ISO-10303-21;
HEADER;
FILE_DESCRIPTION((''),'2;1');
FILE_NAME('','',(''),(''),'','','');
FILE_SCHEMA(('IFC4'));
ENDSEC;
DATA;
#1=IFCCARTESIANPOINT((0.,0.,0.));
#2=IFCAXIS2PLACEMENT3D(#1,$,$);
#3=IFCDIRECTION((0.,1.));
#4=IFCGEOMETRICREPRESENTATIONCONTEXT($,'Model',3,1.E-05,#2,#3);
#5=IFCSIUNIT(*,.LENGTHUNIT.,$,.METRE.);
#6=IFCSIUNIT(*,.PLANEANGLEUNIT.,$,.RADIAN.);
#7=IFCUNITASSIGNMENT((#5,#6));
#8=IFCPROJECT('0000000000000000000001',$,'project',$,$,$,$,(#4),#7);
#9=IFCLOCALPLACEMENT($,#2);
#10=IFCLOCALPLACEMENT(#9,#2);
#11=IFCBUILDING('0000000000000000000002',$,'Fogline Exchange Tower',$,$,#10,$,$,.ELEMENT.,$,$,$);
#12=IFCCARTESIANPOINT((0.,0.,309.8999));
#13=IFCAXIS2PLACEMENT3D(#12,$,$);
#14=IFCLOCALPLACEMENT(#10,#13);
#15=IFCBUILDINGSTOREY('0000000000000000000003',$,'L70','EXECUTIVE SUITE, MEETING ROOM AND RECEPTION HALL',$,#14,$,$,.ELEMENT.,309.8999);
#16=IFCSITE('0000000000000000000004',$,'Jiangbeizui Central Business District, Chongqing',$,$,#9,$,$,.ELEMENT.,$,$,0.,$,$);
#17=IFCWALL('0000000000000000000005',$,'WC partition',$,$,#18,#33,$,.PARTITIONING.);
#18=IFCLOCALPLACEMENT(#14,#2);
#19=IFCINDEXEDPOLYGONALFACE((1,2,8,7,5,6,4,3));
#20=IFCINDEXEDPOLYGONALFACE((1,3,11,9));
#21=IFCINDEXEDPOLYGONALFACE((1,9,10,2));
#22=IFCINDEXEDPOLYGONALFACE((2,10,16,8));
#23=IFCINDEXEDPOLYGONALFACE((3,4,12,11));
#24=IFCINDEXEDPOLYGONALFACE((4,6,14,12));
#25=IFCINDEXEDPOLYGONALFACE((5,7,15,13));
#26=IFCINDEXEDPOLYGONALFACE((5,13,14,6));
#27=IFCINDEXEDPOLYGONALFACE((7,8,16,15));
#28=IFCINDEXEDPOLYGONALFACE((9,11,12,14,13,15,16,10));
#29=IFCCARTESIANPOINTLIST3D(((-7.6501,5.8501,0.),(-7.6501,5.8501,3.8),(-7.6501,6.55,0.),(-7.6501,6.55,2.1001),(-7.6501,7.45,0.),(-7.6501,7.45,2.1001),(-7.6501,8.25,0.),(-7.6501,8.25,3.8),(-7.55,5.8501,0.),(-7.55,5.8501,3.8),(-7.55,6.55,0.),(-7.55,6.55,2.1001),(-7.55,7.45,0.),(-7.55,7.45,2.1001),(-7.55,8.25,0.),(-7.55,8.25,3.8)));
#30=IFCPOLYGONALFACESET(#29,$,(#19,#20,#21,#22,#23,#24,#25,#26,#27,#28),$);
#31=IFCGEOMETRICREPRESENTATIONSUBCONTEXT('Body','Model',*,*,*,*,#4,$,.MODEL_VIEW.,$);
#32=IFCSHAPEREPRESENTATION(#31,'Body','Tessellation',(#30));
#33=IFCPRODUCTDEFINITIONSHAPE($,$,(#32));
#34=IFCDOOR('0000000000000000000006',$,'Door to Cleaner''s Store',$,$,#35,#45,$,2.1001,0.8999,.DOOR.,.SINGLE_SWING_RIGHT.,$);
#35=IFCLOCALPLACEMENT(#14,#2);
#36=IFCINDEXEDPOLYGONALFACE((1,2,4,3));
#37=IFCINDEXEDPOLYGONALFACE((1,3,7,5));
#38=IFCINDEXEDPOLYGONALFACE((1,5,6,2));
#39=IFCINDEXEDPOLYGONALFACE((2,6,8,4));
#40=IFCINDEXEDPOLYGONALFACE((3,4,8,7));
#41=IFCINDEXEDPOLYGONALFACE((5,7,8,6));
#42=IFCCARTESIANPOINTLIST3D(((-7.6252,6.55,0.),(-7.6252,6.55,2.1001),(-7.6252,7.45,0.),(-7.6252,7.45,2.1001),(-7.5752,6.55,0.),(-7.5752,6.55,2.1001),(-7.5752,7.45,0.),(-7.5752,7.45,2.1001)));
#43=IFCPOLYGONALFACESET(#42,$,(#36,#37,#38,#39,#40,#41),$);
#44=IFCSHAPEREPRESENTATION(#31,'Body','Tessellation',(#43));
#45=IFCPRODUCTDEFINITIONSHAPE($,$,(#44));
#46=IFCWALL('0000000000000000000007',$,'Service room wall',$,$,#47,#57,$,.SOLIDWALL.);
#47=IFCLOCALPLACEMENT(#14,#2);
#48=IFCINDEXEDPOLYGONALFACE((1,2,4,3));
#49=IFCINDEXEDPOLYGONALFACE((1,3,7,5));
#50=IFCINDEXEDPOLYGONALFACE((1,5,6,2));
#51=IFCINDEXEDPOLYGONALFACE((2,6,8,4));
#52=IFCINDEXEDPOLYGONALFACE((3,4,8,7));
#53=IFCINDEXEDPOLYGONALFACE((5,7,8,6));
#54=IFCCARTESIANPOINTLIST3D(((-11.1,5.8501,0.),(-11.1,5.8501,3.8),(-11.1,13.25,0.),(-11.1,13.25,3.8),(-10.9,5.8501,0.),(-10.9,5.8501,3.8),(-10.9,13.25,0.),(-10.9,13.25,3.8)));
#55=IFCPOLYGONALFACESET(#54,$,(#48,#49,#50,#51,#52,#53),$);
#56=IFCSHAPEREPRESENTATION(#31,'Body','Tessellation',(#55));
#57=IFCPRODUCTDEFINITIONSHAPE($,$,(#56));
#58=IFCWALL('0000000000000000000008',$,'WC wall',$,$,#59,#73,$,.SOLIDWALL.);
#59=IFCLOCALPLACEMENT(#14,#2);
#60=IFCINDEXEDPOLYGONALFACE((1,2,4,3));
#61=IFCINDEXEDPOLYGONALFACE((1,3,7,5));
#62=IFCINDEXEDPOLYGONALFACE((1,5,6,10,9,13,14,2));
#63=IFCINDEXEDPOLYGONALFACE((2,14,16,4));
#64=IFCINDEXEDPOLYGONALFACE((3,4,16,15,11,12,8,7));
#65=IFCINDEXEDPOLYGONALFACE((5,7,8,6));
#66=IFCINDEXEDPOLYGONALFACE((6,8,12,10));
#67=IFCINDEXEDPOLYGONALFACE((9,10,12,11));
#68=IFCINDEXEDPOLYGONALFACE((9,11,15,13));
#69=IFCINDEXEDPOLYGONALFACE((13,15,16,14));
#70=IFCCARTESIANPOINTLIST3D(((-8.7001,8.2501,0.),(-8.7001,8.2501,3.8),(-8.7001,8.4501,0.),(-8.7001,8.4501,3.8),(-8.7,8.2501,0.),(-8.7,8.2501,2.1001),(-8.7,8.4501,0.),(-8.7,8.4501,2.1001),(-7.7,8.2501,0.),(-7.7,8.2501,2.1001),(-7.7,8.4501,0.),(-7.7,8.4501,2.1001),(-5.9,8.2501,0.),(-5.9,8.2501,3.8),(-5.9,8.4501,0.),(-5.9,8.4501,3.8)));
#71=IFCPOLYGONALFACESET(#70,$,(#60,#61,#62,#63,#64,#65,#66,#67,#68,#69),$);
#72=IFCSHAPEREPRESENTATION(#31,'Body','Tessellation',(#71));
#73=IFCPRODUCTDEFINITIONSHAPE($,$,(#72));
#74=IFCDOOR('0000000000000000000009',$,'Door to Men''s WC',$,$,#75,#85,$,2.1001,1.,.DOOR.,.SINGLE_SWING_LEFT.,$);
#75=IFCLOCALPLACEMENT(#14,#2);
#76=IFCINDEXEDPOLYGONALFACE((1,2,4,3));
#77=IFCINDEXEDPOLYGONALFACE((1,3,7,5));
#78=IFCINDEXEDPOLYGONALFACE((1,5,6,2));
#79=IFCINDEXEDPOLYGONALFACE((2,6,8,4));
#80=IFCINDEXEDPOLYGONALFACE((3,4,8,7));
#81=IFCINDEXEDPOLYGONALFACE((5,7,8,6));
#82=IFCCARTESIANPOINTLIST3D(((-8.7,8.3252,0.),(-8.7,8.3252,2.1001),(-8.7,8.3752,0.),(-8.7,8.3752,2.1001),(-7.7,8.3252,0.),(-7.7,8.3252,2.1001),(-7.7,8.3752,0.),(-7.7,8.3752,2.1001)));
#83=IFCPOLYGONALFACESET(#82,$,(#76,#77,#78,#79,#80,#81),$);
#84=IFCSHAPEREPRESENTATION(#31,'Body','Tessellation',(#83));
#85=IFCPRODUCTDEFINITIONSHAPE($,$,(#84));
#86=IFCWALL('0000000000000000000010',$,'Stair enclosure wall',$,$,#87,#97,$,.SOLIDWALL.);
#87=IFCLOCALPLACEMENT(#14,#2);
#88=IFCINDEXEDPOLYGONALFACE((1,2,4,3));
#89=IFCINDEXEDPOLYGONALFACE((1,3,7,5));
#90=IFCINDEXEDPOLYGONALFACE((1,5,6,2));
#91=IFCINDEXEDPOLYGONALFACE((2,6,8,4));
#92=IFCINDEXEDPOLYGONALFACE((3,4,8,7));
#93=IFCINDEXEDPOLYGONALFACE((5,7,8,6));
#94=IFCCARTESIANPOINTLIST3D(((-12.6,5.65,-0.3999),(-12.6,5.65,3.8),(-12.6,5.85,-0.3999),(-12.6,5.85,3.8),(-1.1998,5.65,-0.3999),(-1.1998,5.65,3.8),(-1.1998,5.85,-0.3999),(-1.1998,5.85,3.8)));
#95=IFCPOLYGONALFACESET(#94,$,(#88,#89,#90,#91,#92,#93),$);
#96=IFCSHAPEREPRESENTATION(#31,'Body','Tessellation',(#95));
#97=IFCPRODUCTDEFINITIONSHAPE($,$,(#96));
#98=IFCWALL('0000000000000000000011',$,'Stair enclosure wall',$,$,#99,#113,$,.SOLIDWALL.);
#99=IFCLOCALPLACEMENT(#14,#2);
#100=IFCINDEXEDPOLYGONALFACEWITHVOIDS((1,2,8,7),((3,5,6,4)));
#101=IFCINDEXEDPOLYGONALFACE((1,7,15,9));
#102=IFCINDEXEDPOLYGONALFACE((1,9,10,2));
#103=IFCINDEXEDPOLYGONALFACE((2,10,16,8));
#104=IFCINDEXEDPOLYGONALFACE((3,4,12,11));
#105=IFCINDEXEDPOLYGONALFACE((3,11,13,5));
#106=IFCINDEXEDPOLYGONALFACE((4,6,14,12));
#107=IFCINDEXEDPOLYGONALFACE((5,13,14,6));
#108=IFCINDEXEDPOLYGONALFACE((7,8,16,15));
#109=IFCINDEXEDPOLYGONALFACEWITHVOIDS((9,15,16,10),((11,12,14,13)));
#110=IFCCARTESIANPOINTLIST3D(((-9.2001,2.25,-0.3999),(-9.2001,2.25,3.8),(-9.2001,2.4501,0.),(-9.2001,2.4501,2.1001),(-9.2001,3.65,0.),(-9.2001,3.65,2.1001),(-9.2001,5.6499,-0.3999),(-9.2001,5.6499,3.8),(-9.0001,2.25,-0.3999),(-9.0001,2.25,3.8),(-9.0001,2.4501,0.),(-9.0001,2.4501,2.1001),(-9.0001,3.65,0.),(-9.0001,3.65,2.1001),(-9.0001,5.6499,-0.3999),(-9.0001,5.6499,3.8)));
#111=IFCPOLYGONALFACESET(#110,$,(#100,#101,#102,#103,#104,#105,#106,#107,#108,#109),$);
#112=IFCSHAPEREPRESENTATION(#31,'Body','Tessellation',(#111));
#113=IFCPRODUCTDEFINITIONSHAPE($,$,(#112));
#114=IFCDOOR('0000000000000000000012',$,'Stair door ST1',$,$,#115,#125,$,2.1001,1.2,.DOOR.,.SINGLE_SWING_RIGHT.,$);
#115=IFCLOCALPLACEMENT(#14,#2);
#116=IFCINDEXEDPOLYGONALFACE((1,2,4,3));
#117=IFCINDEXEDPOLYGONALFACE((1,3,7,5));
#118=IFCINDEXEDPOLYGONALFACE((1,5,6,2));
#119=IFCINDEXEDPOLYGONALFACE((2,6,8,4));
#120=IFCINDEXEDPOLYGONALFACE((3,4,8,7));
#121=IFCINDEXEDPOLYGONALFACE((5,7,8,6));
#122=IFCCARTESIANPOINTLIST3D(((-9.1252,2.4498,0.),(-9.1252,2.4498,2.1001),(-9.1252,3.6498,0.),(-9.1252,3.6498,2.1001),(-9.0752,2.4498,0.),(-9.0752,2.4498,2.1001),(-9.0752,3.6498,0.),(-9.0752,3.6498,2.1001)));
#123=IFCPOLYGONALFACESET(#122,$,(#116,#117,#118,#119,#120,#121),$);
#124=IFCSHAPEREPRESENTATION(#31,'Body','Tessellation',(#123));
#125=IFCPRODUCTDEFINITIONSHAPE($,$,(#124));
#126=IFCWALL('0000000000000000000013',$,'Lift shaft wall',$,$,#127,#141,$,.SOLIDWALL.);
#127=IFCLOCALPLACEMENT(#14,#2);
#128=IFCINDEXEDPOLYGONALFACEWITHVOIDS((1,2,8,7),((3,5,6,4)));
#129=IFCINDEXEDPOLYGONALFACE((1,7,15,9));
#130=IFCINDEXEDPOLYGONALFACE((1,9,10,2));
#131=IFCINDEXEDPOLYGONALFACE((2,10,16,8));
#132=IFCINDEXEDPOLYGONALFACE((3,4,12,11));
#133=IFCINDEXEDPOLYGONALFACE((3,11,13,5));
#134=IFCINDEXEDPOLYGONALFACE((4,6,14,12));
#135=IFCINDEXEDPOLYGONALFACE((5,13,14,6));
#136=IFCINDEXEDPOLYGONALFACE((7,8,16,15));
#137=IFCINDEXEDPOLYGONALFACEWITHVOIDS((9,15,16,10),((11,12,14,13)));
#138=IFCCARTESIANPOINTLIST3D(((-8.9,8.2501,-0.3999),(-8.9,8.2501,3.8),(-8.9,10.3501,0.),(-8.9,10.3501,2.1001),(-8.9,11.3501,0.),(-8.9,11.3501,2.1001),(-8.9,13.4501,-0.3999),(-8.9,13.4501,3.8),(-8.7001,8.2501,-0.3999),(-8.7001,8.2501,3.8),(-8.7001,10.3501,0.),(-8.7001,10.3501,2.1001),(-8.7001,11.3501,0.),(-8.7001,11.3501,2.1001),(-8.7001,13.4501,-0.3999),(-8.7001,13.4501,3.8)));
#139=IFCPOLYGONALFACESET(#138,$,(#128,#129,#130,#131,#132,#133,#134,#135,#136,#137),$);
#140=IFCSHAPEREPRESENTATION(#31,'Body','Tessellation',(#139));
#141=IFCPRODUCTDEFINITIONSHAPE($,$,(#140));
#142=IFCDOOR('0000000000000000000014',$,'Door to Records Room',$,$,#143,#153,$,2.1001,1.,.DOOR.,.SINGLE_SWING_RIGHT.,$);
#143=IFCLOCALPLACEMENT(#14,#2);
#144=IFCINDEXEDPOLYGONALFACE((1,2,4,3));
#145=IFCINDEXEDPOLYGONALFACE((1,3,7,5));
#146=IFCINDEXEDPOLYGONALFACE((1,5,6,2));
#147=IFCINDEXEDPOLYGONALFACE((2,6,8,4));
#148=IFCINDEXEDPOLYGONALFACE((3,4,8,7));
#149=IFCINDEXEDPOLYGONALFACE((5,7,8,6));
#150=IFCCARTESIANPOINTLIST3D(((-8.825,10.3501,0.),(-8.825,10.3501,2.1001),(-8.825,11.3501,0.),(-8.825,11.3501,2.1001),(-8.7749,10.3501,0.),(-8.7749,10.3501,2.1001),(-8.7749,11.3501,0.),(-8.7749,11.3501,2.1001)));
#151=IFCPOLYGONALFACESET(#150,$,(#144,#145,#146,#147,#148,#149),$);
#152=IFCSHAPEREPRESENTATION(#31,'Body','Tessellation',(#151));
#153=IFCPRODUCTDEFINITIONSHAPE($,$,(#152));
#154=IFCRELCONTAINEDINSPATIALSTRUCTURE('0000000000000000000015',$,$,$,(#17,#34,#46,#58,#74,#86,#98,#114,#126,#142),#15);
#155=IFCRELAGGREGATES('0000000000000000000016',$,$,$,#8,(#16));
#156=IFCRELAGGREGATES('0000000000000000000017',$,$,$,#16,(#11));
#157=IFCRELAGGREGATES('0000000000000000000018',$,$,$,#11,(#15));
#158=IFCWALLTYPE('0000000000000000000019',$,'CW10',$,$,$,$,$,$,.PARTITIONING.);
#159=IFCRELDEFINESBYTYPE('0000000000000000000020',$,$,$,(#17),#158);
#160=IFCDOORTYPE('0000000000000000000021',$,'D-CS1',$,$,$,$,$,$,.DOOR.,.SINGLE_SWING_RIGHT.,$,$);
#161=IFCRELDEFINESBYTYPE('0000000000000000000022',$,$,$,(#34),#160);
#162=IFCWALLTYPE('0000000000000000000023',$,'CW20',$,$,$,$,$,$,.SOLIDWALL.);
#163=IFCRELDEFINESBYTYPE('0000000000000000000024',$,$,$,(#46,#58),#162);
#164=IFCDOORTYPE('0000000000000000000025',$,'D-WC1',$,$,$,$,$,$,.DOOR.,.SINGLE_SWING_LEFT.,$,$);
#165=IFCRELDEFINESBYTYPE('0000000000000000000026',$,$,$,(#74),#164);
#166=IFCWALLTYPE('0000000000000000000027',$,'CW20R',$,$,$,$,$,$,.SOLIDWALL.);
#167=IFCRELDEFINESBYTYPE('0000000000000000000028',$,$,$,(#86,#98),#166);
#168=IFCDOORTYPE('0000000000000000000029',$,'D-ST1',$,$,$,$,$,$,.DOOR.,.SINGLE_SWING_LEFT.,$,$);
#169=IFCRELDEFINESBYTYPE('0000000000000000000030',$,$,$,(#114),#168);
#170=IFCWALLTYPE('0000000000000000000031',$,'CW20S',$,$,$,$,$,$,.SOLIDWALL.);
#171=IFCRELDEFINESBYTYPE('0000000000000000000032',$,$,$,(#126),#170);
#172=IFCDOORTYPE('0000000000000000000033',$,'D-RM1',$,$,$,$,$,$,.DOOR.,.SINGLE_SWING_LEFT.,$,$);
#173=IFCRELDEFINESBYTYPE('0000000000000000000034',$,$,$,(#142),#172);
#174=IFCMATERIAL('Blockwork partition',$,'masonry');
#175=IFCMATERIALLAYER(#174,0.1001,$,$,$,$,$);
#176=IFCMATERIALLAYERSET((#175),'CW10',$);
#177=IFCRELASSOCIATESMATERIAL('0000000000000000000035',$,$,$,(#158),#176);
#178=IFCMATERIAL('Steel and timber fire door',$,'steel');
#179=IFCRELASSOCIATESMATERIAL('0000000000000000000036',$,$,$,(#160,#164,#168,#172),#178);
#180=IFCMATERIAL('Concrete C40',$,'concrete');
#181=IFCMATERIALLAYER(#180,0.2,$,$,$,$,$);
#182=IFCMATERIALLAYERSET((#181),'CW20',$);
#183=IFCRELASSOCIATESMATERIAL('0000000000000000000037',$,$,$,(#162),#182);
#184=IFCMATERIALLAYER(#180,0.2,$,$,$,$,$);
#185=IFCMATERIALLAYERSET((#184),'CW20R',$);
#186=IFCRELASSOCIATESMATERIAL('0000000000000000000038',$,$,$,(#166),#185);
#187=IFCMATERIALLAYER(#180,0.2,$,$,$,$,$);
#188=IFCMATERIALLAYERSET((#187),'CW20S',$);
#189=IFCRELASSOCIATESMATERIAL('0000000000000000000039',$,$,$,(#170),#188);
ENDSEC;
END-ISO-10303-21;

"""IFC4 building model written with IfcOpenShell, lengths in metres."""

from ifc_helpers import new_model, si_unit, direction, frame, frame_2d, origin, place, context, subcontext, project, spatial, rectangle, extrude, material, layer, layer_set, type_object, element, fill, save


model = new_model("IFC4")

# Units and contexts
model_context = context("Model", 3, precision=1e-05, world=origin(), true_north=direction((0.0, 1.0)))
body_context = subcontext(model_context, "Body", "Model", "MODEL_VIEW")
ifc_project = project(units=[si_unit("LENGTHUNIT", "METRE"), si_unit("PLANEANGLEUNIT", "RADIAN")], contexts=[model_context])

# Site, building, storey
site_placement = place(None, origin())
site = spatial("IfcSite", under=ifc_project, at=site_placement, Name="Jiangbeizui Central Business District, Chongqing", CompositionType="ELEMENT", RefElevation=0.0)
building_placement = place(site_placement, origin())
building = spatial("IfcBuilding", under=site, at=building_placement, Name="Fogline Exchange Tower", CompositionType="ELEMENT")
storey_placement = place(building_placement, frame((0.0, 0.0, 309.8999)))
storey = spatial("IfcBuildingStorey", under=building, at=storey_placement, Name="L70", Description="EXECUTIVE SUITE, MEETING ROOM AND RECEPTION HALL", CompositionType="ELEMENT", Elevation=309.8999)

# Wall, opening, door
ifc_material_1 = material(Name="Blockwork partition", Category="masonry")
ifc_layer_1 = layer(ifc_material_1, 0.1001)
ifc_layer_set_1 = layer_set([ifc_layer_1], Name="CW10")
wall_type_1 = type_object("IfcWallType", Name="CW10", PredefinedType="PARTITIONING", material=ifc_layer_set_1)
wall_1_placement = place(storey_placement, frame((-7.6001, 5.8501, 0.0), z_axis=(0.0, 0.0, 1.0), x_axis=(0.0, 1.0, 0.0)))
wall_1 = element("IfcWall", 1, at=wall_1_placement, inside=storey, type_object=wall_type_1, Name="WC partition", PredefinedType="PARTITIONING", context=body_context, shape_type="SweptSolid", body=[
    extrude(rectangle(XDim=2.3999, YDim=0.1001, at=frame_2d((1.2, 0.0))), origin(), (0.0, 0.0, 1.0), 3.8),
])
opening_1_placement = place(wall_1_placement, frame((0.7, 0.0, 0.0)))
opening_1 = element("IfcOpeningElement", 2, at=opening_1_placement, cuts=wall_1, PredefinedType="OPENING", context=body_context, shape_type="SweptSolid", body=[
    extrude(rectangle(XDim=0.8999, YDim=2.1001, at=frame_2d((0.45, 1.05))), frame((0.0, 0.0601, 0.0), z_axis=(0.0, -1.0, 0.0), x_axis=(1.0, 0.0, 0.0)), (0.0, 0.0, 1.0), 0.1201),
])
ifc_material_2 = material(Name="Steel and timber fire door", Category="steel")
door_type_1 = type_object("IfcDoorType", Name="D-CS1", OperationType="SINGLE_SWING_RIGHT", PredefinedType="DOOR", material=ifc_material_2)
door_1_placement = place(opening_1_placement, frame((0.8999, 0.0, 0.0), z_axis=(0.0, 0.0, 1.0), x_axis=(-1.0, 0.0, 0.0)))
door_1 = element("IfcDoor", 3, at=door_1_placement, inside=storey, type_object=door_type_1, Name="Door to Cleaner's Store", OperationType="SINGLE_SWING_RIGHT", OverallHeight=2.1001, OverallWidth=0.8999, PredefinedType="DOOR", context=body_context, shape_type="SweptSolid", body=[
    extrude(rectangle(XDim=0.8999, YDim=2.1001, at=frame_2d((0.45, 1.05))), frame((0.0, 0.0249, 0.0), z_axis=(0.0, -1.0, 0.0), x_axis=(1.0, 0.0, 0.0)), (0.0, 0.0, 1.0), 0.05),
])
fill(opening_1, door_1)

# Wall
ifc_material_3 = material(Name="Concrete C40", Category="concrete")
ifc_layer_2 = layer(ifc_material_3, 0.2)
ifc_layer_set_2 = layer_set([ifc_layer_2], Name="CW20")
wall_type_2 = type_object("IfcWallType", Name="CW20", PredefinedType="SOLIDWALL", material=ifc_layer_set_2)
wall_2_placement = place(storey_placement, frame((-11.0, 5.8501, 0.0), z_axis=(0.0, 0.0, 1.0), x_axis=(0.0, 1.0, 0.0)))
element("IfcWall", 4, at=wall_2_placement, inside=storey, type_object=wall_type_2, Name="Service room wall", PredefinedType="SOLIDWALL", context=body_context, shape_type="SweptSolid", body=[
    extrude(rectangle(XDim=7.3999, YDim=0.2, at=frame_2d((3.7, 0.0))), origin(), (0.0, 0.0, 1.0), 3.8),
])

# Wall, opening, door
wall_3_placement = place(storey_placement, frame((-8.7, 8.3501, 0.0), z_axis=(0.0, 0.0, 1.0), x_axis=(1.0, 0.0, 0.0)))
wall_3 = element("IfcWall", 5, at=wall_3_placement, inside=storey, type_object=wall_type_2, Name="WC wall", PredefinedType="SOLIDWALL", context=body_context, shape_type="SweptSolid", body=[
    extrude(rectangle(XDim=2.8, YDim=0.2, at=frame_2d((1.3999, 0.0))), origin(), (0.0, 0.0, 1.0), 3.8),
])
opening_2_placement = place(wall_3_placement, origin())
opening_2 = element("IfcOpeningElement", 6, at=opening_2_placement, cuts=wall_3, PredefinedType="OPENING", context=body_context, shape_type="SweptSolid", body=[
    extrude(rectangle(XDim=1.0, YDim=2.1001, at=frame_2d((0.5, 1.05))), frame((0.0, 0.1099, 0.0), z_axis=(0.0, -1.0, 0.0), x_axis=(1.0, 0.0, 0.0)), (0.0, 0.0, 1.0), 0.22),
])
door_type_2 = type_object("IfcDoorType", Name="D-WC1", OperationType="SINGLE_SWING_LEFT", PredefinedType="DOOR", material=ifc_material_2)
door_2_placement = place(opening_2_placement, frame((1.0, 0.0, 0.0), z_axis=(0.0, 0.0, 1.0), x_axis=(-1.0, 0.0, 0.0)))
door_2 = element("IfcDoor", 7, at=door_2_placement, inside=storey, type_object=door_type_2, Name="Door to Men's WC", OperationType="SINGLE_SWING_LEFT", OverallHeight=2.1001, OverallWidth=1.0, PredefinedType="DOOR", context=body_context, shape_type="SweptSolid", body=[
    extrude(rectangle(XDim=1.0, YDim=2.1001, at=frame_2d((0.5, 1.05))), frame((0.0, 0.0249, 0.0), z_axis=(0.0, -1.0, 0.0), x_axis=(1.0, 0.0, 0.0)), (0.0, 0.0, 1.0), 0.05),
])
fill(opening_2, door_2)

# Wall
ifc_layer_3 = layer(ifc_material_3, 0.2)
ifc_layer_set_3 = layer_set([ifc_layer_3], Name="CW20R")
wall_type_3 = type_object("IfcWallType", Name="CW20R", PredefinedType="SOLIDWALL", material=ifc_layer_set_3)
wall_4_placement = place(storey_placement, frame((-12.6001, 5.75, -0.3999), z_axis=(0.0, 0.0, 1.0), x_axis=(1.0, 0.0, 0.0)))
element("IfcWall", 8, at=wall_4_placement, inside=storey, type_object=wall_type_3, Name="Stair enclosure wall", PredefinedType="SOLIDWALL", context=body_context, shape_type="SweptSolid", body=[
    extrude(rectangle(XDim=11.4001, YDim=0.2, at=frame_2d((5.7002, 0.0))), origin(), (0.0, 0.0, 1.0), 4.2),
])

# Walls, openings, doors
wall_5_placement = place(storey_placement, frame((-9.1001, 2.25, -0.3999), z_axis=(0.0, 0.0, 1.0), x_axis=(0.0, 1.0, 0.0)))
wall_5 = element("IfcWall", 9, at=wall_5_placement, inside=storey, type_object=wall_type_3, Name="Stair enclosure wall", PredefinedType="SOLIDWALL", context=body_context, shape_type="SweptSolid", body=[
    extrude(rectangle(XDim=3.3999, YDim=0.2, at=frame_2d((1.7, 0.0))), origin(), (0.0, 0.0, 1.0), 4.2),
])
opening_3_placement = place(wall_5_placement, frame((0.2, 0.0, 0.3999)))
opening_3 = element("IfcOpeningElement", 10, at=opening_3_placement, cuts=wall_5, PredefinedType="OPENING", context=body_context, shape_type="SweptSolid", body=[
    extrude(rectangle(XDim=1.2, YDim=2.1001, at=frame_2d((0.6001, 1.05))), frame((0.0, 0.1099, 0.0), z_axis=(0.0, -1.0, 0.0), x_axis=(1.0, 0.0, 0.0)), (0.0, 0.0, 1.0), 0.22),
])
door_type_3 = type_object("IfcDoorType", Name="D-ST1", OperationType="SINGLE_SWING_LEFT", PredefinedType="DOOR", material=ifc_material_2)
door_3_placement = place(opening_3_placement, frame((1.2, 0.0, 0.0), z_axis=(0.0, 0.0, 1.0), x_axis=(-1.0, 0.0, 0.0)))
door_3 = element("IfcDoor", 11, at=door_3_placement, inside=storey, type_object=door_type_3, Name="Stair door ST1", OperationType="SINGLE_SWING_RIGHT", OverallHeight=2.1001, OverallWidth=1.2, PredefinedType="DOOR", context=body_context, shape_type="SweptSolid", body=[
    extrude(rectangle(XDim=1.2, YDim=2.1001, at=frame_2d((0.6001, 1.05))), frame((0.0, 0.0249, 0.0), z_axis=(0.0, -1.0, 0.0), x_axis=(1.0, 0.0, 0.0)), (0.0, 0.0, 1.0), 0.05),
])
fill(opening_3, door_3)
ifc_layer_4 = layer(ifc_material_3, 0.2)
ifc_layer_set_4 = layer_set([ifc_layer_4], Name="CW20S")
wall_type_4 = type_object("IfcWallType", Name="CW20S", PredefinedType="SOLIDWALL", material=ifc_layer_set_4)
wall_6_placement = place(storey_placement, frame((-8.8, 8.25, -0.3999), z_axis=(0.0, 0.0, 1.0), x_axis=(0.0, 1.0, 0.0)))
wall_6 = element("IfcWall", 12, at=wall_6_placement, inside=storey, type_object=wall_type_4, Name="Lift shaft wall", PredefinedType="SOLIDWALL", context=body_context, shape_type="SweptSolid", body=[
    extrude(rectangle(XDim=5.2, YDim=0.2, at=frame_2d((2.6001, 0.0))), origin(), (0.0, 0.0, 1.0), 4.2),
])
opening_4_placement = place(wall_6_placement, frame((2.1001, 0.0, 0.3999)))
opening_4 = element("IfcOpeningElement", 13, at=opening_4_placement, cuts=wall_6, PredefinedType="OPENING", context=body_context, shape_type="SweptSolid", body=[
    extrude(rectangle(XDim=1.0, YDim=2.1001, at=frame_2d((0.5, 1.05))), frame((0.0, 0.1099, 0.0), z_axis=(0.0, -1.0, 0.0), x_axis=(1.0, 0.0, 0.0)), (0.0, 0.0, 1.0), 0.22),
])
door_type_4 = type_object("IfcDoorType", Name="D-RM1", OperationType="SINGLE_SWING_LEFT", PredefinedType="DOOR", material=ifc_material_2)
door_4_placement = place(opening_4_placement, origin())
door_4 = element("IfcDoor", 14, at=door_4_placement, inside=storey, type_object=door_type_4, Name="Door to Records Room", OperationType="SINGLE_SWING_RIGHT", OverallHeight=2.1001, OverallWidth=1.0, PredefinedType="DOOR", context=body_context, shape_type="SweptSolid", body=[
    extrude(rectangle(XDim=1.0, YDim=2.1001, at=frame_2d((0.5, 1.05))), frame((0.0, 0.0249, 0.0), z_axis=(0.0, -1.0, 0.0), x_axis=(1.0, 0.0, 0.0)), (0.0, 0.0, 1.0), 0.05),
])
fill(opening_4, door_4)

save(model, "model.ifc")
